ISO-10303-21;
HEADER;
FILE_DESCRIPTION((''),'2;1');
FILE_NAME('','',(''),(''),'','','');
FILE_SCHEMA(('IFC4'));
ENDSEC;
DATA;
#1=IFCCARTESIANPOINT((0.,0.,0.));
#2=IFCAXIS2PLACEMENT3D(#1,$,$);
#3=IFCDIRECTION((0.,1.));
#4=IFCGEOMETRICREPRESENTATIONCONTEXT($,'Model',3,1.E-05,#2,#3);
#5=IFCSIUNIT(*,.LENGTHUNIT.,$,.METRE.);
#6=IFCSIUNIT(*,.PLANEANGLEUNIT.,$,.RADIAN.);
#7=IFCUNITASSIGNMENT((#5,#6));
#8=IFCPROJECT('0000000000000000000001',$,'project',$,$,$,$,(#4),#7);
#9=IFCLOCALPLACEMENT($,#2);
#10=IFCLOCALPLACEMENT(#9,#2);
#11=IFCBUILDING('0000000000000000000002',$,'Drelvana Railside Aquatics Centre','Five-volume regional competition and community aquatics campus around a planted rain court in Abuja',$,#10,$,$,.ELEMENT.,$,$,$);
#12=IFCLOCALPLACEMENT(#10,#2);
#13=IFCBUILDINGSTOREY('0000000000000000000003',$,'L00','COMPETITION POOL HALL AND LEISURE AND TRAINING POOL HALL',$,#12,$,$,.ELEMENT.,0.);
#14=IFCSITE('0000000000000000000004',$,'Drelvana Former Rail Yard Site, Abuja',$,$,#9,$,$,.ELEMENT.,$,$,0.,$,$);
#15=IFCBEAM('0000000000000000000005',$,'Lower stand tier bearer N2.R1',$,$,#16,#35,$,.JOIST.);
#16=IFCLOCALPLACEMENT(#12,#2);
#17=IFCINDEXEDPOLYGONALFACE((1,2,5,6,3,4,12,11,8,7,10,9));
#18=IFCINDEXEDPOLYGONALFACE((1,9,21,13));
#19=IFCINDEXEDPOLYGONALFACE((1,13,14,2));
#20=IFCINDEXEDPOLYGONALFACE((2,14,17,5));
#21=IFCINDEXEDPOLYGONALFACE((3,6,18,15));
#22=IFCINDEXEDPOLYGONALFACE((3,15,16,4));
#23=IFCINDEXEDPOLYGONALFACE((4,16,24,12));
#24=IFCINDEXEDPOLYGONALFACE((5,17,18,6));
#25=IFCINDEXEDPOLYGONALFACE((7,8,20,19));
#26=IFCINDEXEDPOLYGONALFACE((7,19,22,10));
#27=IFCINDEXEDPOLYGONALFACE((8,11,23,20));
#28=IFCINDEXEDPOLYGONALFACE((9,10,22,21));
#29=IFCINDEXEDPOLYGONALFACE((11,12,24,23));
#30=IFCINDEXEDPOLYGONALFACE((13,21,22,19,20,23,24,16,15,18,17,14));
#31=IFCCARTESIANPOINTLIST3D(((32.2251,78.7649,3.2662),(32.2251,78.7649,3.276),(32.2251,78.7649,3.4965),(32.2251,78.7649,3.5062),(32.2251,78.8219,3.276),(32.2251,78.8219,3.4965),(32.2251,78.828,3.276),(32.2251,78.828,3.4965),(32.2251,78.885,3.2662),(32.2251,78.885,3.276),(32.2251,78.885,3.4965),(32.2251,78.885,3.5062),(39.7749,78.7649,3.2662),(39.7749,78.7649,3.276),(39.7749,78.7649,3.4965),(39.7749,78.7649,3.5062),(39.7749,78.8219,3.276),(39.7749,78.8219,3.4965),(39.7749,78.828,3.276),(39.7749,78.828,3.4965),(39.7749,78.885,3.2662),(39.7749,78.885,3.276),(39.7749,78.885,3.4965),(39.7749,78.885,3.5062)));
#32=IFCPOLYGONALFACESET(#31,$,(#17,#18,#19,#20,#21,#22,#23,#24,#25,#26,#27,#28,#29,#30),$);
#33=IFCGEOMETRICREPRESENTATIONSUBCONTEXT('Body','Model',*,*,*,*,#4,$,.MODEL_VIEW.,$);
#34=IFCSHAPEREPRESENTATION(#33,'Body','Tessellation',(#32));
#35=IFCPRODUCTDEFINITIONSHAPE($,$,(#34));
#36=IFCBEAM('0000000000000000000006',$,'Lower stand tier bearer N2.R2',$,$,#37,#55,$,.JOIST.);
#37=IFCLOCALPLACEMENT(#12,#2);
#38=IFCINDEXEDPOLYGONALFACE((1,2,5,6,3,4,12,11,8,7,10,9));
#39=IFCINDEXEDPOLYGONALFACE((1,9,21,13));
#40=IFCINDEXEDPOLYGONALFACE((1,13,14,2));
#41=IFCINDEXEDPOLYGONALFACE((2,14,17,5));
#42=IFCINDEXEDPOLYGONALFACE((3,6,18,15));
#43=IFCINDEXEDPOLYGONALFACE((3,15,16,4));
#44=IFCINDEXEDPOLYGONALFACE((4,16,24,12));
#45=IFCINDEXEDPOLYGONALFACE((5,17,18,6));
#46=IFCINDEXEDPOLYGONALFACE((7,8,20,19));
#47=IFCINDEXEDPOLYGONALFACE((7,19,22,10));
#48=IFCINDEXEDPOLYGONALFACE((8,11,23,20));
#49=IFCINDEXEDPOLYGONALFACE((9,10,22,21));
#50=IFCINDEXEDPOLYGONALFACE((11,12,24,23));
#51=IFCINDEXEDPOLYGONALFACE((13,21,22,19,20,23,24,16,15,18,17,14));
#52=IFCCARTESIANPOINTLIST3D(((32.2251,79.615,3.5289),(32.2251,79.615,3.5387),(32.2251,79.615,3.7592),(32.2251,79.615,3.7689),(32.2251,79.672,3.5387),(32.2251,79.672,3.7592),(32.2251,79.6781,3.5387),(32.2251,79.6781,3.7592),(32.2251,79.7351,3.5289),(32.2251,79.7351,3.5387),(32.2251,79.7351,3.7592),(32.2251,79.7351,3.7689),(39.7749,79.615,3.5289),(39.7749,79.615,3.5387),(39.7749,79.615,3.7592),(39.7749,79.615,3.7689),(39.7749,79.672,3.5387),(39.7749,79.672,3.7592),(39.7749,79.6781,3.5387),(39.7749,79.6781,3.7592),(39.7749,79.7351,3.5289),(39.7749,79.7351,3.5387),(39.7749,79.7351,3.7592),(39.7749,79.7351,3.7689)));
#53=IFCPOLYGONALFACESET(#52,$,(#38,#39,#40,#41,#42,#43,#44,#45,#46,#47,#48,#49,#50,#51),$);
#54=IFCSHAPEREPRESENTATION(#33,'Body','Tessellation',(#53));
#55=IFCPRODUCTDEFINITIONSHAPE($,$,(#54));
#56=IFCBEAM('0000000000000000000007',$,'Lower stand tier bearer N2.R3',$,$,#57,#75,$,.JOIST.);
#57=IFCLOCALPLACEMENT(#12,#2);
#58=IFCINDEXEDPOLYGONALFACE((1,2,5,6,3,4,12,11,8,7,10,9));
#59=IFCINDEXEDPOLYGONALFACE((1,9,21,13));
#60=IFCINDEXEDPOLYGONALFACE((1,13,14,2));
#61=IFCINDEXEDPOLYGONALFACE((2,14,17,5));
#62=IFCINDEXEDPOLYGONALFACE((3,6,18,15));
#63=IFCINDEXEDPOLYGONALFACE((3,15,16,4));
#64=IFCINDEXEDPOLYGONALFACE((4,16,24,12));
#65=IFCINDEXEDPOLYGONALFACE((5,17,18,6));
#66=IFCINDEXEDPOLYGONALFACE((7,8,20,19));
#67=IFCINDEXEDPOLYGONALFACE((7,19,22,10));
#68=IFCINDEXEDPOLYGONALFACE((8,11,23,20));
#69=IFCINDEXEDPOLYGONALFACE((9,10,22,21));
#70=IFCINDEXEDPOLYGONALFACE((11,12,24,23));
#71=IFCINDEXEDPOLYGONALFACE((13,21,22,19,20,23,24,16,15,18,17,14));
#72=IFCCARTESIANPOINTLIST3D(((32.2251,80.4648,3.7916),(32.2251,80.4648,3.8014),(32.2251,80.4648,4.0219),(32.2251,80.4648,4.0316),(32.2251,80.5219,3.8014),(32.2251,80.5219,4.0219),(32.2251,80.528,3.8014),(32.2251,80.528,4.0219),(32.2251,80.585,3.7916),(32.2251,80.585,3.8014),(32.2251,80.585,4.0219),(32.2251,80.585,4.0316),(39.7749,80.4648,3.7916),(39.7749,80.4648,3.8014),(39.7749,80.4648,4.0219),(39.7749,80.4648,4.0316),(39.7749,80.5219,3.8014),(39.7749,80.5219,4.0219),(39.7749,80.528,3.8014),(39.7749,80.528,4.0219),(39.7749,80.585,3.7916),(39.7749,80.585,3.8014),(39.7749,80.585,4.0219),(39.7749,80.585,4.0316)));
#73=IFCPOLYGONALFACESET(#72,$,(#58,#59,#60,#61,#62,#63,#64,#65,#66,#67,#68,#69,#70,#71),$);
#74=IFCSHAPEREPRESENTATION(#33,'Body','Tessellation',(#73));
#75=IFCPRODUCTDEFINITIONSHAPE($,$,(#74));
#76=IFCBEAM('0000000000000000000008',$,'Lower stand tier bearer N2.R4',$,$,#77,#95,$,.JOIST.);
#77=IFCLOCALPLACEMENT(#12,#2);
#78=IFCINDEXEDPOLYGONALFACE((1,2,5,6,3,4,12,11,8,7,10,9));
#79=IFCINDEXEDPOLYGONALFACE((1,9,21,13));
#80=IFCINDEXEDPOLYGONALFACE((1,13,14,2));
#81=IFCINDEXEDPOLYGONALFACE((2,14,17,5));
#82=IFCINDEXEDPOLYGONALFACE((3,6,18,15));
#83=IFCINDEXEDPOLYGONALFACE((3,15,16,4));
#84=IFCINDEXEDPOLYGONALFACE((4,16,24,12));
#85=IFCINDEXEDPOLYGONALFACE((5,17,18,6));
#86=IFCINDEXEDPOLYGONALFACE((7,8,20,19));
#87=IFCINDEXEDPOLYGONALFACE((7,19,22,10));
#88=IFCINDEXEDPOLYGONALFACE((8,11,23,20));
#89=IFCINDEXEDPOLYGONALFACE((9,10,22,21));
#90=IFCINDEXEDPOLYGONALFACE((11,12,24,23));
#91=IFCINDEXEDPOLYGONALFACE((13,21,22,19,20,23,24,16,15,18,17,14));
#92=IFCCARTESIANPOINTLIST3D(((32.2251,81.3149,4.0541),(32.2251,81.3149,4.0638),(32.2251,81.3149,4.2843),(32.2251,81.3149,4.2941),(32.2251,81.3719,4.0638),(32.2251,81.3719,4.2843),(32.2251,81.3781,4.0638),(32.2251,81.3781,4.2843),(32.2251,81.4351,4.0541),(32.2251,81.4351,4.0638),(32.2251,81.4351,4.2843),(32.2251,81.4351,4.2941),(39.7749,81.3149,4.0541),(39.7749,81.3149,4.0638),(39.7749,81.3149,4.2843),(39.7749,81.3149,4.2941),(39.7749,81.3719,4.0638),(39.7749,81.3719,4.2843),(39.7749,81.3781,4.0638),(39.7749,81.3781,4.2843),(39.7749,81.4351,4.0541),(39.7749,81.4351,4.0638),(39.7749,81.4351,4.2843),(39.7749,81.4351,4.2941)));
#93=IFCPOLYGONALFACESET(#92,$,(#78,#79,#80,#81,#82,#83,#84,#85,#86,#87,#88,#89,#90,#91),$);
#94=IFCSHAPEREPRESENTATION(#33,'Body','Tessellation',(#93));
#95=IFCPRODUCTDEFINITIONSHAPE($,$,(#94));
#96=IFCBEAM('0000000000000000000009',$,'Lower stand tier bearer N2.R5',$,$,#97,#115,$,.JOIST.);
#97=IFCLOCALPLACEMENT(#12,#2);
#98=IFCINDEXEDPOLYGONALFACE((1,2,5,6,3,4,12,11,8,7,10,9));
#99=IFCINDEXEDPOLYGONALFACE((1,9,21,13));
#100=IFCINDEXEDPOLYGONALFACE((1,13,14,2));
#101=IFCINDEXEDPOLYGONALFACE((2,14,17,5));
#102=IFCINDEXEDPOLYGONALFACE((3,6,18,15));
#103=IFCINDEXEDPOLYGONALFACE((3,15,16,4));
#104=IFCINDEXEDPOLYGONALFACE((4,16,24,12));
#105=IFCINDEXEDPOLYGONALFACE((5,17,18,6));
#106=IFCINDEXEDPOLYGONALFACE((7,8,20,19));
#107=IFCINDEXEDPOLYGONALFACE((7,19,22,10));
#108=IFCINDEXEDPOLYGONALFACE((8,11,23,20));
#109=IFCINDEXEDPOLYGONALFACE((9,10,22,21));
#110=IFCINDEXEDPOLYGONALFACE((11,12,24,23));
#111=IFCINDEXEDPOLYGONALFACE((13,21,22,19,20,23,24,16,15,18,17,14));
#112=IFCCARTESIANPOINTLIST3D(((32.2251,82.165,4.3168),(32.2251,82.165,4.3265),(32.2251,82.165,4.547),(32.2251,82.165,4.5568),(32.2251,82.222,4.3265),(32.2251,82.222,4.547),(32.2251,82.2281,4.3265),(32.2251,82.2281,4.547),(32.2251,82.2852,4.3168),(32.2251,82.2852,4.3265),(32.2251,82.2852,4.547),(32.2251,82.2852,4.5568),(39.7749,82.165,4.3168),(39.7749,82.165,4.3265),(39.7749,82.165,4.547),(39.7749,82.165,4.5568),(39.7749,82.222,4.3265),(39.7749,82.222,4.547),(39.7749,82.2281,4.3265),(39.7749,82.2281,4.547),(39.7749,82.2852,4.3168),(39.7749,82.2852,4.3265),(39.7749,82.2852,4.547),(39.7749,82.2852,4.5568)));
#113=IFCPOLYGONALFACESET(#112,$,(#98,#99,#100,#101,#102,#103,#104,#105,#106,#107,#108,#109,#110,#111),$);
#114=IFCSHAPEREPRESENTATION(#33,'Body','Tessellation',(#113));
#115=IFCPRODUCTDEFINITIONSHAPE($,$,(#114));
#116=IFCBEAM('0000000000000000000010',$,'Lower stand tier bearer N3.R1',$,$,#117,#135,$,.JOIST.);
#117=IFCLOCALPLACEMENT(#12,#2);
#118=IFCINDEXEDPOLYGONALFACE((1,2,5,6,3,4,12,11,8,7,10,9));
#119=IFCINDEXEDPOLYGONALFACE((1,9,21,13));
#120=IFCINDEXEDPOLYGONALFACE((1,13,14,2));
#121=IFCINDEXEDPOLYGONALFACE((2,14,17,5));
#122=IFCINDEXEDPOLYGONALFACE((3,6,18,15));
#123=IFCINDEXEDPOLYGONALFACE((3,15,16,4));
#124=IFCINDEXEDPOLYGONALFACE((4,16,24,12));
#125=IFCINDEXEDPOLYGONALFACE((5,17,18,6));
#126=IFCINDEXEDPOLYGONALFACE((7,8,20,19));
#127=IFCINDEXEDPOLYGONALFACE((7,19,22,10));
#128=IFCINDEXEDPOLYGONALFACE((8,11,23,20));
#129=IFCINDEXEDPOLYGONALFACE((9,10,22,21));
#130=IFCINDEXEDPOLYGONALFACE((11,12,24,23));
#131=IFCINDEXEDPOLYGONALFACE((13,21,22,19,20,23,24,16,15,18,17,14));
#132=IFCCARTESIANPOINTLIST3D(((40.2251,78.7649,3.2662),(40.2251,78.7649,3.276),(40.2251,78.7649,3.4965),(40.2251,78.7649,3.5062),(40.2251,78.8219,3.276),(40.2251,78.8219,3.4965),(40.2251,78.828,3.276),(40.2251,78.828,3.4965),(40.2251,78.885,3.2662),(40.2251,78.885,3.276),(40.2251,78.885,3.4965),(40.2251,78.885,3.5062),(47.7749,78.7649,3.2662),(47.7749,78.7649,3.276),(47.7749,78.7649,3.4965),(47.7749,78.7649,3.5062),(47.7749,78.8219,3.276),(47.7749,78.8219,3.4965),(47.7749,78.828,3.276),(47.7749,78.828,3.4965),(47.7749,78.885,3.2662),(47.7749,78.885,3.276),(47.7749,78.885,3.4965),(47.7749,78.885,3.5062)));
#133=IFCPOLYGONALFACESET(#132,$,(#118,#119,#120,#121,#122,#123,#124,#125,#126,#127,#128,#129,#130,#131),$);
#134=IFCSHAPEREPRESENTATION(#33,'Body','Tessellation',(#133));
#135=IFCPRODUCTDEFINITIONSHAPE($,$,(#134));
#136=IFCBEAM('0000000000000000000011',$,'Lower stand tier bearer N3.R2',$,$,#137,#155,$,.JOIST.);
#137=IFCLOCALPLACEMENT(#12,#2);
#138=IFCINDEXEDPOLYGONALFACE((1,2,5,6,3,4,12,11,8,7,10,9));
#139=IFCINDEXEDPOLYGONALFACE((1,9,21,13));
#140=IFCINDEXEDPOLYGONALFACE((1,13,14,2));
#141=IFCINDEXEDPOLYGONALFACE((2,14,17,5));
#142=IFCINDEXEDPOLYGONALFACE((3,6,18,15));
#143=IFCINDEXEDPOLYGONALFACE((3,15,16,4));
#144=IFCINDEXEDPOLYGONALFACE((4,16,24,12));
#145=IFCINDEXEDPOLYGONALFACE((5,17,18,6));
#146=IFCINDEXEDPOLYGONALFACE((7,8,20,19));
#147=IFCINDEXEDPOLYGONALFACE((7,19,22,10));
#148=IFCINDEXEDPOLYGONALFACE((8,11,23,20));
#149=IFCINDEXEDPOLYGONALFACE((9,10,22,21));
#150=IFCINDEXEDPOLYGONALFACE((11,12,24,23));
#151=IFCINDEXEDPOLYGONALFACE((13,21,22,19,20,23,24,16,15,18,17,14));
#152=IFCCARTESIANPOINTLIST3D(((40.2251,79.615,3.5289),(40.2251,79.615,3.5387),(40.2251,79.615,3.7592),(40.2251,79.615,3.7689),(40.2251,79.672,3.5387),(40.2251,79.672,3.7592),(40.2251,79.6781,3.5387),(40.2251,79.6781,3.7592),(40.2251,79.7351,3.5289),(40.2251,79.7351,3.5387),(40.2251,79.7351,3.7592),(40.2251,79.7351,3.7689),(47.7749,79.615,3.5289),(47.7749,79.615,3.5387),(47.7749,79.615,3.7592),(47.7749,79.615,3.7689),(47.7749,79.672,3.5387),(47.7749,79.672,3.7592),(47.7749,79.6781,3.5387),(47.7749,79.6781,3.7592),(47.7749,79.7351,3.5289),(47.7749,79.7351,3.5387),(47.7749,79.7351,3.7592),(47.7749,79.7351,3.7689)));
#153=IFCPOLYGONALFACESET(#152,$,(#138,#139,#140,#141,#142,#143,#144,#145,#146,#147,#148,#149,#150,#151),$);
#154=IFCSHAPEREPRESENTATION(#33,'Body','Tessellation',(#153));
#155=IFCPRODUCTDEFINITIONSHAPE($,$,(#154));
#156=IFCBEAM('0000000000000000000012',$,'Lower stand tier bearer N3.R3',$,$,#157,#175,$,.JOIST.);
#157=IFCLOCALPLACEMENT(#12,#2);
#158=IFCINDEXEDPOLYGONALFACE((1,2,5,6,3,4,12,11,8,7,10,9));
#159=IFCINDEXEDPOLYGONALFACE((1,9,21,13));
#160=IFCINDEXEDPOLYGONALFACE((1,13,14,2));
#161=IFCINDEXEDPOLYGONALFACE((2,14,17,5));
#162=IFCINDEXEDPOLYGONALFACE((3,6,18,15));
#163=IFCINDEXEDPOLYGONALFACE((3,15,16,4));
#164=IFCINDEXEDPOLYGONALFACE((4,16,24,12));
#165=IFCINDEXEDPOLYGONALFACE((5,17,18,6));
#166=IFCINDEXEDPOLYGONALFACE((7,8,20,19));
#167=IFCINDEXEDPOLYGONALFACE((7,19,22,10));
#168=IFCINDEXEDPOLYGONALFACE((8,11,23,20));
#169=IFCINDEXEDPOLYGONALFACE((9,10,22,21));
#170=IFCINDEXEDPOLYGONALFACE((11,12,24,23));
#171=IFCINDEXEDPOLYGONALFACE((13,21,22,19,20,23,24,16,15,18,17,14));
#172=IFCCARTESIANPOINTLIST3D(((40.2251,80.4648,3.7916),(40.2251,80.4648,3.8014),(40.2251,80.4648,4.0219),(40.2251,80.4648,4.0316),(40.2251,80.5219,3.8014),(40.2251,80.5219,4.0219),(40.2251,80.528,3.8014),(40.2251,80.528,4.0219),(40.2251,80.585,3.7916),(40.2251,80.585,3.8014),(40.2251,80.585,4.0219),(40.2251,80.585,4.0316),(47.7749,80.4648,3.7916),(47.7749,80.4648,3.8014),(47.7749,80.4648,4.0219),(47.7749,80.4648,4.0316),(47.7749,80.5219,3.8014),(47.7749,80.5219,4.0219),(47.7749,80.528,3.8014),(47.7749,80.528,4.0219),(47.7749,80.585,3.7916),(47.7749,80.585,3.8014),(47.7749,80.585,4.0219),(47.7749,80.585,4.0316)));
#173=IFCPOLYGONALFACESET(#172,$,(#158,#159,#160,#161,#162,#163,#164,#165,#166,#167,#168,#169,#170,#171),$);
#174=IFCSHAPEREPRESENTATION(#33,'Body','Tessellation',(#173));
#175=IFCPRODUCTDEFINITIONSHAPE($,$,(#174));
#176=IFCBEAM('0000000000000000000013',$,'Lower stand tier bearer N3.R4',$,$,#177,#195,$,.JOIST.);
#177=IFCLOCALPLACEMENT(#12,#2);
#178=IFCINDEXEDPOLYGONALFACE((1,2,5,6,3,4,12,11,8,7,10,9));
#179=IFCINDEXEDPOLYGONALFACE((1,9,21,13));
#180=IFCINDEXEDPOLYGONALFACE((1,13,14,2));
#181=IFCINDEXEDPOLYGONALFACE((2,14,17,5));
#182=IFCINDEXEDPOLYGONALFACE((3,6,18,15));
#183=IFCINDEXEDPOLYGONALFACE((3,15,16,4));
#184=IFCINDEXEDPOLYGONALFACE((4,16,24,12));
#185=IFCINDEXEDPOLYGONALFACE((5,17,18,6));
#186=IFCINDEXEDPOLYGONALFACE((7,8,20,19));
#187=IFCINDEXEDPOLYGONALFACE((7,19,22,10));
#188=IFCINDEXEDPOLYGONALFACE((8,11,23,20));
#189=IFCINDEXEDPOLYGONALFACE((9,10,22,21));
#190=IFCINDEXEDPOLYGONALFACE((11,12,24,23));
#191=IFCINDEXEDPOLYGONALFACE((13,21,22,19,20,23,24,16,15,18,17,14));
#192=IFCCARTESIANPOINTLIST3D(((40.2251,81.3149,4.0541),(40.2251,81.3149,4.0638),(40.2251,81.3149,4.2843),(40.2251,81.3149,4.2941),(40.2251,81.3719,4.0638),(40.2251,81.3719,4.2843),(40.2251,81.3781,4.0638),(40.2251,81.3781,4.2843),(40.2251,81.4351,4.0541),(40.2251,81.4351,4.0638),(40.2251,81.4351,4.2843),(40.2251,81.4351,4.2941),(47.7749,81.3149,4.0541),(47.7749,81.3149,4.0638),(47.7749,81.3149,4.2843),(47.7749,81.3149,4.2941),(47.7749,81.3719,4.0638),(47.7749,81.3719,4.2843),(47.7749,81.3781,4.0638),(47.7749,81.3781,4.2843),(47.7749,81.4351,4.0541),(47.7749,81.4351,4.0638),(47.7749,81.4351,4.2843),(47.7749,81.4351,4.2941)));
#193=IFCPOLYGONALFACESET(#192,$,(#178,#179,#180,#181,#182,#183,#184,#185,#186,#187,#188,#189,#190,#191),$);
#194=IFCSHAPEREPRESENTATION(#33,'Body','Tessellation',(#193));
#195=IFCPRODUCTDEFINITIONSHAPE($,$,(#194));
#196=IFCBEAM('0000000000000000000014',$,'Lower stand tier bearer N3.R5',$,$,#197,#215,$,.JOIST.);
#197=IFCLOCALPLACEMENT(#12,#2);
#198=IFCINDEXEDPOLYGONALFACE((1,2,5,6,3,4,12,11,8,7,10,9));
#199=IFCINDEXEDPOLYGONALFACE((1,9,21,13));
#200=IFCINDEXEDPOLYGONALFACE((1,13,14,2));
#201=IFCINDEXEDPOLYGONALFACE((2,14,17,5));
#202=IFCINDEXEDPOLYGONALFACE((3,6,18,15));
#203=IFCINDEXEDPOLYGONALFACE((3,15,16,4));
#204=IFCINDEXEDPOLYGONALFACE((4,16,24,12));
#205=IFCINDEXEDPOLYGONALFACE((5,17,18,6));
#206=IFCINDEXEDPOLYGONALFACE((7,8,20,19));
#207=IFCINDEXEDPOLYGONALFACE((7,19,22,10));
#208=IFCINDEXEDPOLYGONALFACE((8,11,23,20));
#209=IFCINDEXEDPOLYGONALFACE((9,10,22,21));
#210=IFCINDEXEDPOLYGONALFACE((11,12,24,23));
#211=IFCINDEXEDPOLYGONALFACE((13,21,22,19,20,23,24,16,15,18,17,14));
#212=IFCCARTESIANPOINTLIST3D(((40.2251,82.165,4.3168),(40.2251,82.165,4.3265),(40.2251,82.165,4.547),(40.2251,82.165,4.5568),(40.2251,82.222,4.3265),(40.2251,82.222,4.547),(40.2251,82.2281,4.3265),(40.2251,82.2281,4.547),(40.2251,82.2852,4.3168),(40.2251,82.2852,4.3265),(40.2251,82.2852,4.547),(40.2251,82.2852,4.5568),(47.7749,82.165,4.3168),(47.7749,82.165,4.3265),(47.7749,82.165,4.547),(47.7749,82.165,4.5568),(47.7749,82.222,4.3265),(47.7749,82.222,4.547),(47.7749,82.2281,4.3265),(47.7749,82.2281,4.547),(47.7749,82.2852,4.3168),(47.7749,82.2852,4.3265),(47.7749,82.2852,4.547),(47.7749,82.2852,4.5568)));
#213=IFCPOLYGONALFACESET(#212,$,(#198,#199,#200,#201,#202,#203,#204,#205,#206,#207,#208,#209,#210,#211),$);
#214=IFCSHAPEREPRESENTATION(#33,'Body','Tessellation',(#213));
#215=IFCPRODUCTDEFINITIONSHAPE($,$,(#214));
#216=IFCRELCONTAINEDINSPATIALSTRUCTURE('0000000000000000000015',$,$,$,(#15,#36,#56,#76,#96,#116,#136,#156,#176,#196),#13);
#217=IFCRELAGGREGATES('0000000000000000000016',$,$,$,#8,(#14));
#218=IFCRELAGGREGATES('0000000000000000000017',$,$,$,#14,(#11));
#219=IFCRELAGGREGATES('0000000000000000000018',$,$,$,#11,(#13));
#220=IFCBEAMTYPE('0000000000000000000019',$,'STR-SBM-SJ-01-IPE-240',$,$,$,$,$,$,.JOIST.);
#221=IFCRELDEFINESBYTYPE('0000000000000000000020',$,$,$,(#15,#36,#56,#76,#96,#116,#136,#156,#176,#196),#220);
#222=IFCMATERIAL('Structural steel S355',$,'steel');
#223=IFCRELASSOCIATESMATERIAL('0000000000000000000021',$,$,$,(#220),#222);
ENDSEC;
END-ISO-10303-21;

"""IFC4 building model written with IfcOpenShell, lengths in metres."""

from ifc_helpers import new_model, si_unit, direction, frame, origin, origin_2d, place, context, subcontext, project, spatial, i_section, extrude, material, material_profile, profile_set, type_object, element, save


model = new_model("IFC4")

# Units and contexts
model_context = context("Model", 3, precision=1e-05, world=origin(), true_north=direction((0.0, 1.0)))
body_context = subcontext(model_context, "Body", "Model", "MODEL_VIEW")
ifc_project = project(units=[si_unit("LENGTHUNIT", "METRE"), si_unit("PLANEANGLEUNIT", "RADIAN")], contexts=[model_context])

# Site, building, storey
site_placement = place(None, origin())
site = spatial("IfcSite", under=ifc_project, at=site_placement, Name="Drelvana Former Rail Yard Site, Abuja", CompositionType="ELEMENT", RefElevation=0.0)
building_placement = place(site_placement, origin())
building = spatial("IfcBuilding", under=site, at=building_placement, Name="Drelvana Railside Aquatics Centre", Description="Five-volume regional competition and community aquatics campus around a planted rain court in Abuja", CompositionType="ELEMENT")
storey_placement = place(building_placement, origin())
storey = spatial("IfcBuildingStorey", under=building, at=storey_placement, Name="L00", Description="COMPETITION POOL HALL AND LEISURE AND TRAINING POOL HALL", CompositionType="ELEMENT", Elevation=0.0)

# Beams
ifc_material_1 = material(Name="Structural steel S355", Category="steel")
ifc_material_profile_1 = material_profile(ifc_material_1, i_section(OverallWidth=0.1201, OverallDepth=0.24, WebThickness=0.0061, FlangeThickness=0.0098, at=origin_2d()), Name="IPE 240")
ifc_profile_set_1 = profile_set([ifc_material_profile_1], Name="Structural steel S355")
beam_type_1 = type_object("IfcBeamType", Name="STR-SBM-SJ-01-IPE-240", PredefinedType="JOIST", material=ifc_profile_set_1)
for number, where, z_axis, x_axis, name in (
    (1, (32.2251, 78.825, 3.3862), (1.0, 0.0, 0.0), (0.0, 1.0, 0.0), "Lower stand tier bearer N2.R1"),
    (2, (32.2251, 79.675, 3.6489), (1.0, 0.0, 0.0), (0.0, 1.0, 0.0), "Lower stand tier bearer N2.R2"),
    (3, (32.2251, 80.5249, 3.9116), (1.0, 0.0, 0.0), (0.0, 1.0, 0.0), "Lower stand tier bearer N2.R3"),
    (4, (32.2251, 81.375, 4.1741), (1.0, 0.0, 0.0), (0.0, 1.0, 0.0), "Lower stand tier bearer N2.R4"),
    (5, (32.2251, 82.2251, 4.4368), (1.0, 0.0, 0.0), (0.0, 1.0, 0.0), "Lower stand tier bearer N2.R5"),
    (6, (40.2251, 78.825, 3.3862), (1.0, 0.0, 0.0), (0.0, 1.0, 0.0), "Lower stand tier bearer N3.R1"),
    (7, (40.2251, 79.675, 3.6489), (1.0, 0.0, 0.0), (0.0, 1.0, 0.0), "Lower stand tier bearer N3.R2"),
    (8, (40.2251, 80.5249, 3.9116), (1.0, 0.0, 0.0), (0.0, 1.0, 0.0), "Lower stand tier bearer N3.R3"),
    (9, (40.2251, 81.375, 4.1741), (1.0, 0.0, 0.0), (0.0, 1.0, 0.0), "Lower stand tier bearer N3.R4"),
    (10, (40.2251, 82.2251, 4.4368), (1.0, 0.0, 0.0), (0.0, 1.0, 0.0), "Lower stand tier bearer N3.R5"),
):
    element("IfcBeam", number, at=place(storey_placement, frame(where, z_axis=z_axis, x_axis=x_axis)), inside=storey, type_object=beam_type_1, Name=name, PredefinedType="JOIST", context=body_context, shape_type="SweptSolid", body=[
        extrude(i_section(OverallWidth=0.1201, OverallDepth=0.24, WebThickness=0.0061, FlangeThickness=0.0098, at=origin_2d()), origin(), (0.0, 0.0, 1.0), 7.5498),
    ])

save(model, "model.ifc")
